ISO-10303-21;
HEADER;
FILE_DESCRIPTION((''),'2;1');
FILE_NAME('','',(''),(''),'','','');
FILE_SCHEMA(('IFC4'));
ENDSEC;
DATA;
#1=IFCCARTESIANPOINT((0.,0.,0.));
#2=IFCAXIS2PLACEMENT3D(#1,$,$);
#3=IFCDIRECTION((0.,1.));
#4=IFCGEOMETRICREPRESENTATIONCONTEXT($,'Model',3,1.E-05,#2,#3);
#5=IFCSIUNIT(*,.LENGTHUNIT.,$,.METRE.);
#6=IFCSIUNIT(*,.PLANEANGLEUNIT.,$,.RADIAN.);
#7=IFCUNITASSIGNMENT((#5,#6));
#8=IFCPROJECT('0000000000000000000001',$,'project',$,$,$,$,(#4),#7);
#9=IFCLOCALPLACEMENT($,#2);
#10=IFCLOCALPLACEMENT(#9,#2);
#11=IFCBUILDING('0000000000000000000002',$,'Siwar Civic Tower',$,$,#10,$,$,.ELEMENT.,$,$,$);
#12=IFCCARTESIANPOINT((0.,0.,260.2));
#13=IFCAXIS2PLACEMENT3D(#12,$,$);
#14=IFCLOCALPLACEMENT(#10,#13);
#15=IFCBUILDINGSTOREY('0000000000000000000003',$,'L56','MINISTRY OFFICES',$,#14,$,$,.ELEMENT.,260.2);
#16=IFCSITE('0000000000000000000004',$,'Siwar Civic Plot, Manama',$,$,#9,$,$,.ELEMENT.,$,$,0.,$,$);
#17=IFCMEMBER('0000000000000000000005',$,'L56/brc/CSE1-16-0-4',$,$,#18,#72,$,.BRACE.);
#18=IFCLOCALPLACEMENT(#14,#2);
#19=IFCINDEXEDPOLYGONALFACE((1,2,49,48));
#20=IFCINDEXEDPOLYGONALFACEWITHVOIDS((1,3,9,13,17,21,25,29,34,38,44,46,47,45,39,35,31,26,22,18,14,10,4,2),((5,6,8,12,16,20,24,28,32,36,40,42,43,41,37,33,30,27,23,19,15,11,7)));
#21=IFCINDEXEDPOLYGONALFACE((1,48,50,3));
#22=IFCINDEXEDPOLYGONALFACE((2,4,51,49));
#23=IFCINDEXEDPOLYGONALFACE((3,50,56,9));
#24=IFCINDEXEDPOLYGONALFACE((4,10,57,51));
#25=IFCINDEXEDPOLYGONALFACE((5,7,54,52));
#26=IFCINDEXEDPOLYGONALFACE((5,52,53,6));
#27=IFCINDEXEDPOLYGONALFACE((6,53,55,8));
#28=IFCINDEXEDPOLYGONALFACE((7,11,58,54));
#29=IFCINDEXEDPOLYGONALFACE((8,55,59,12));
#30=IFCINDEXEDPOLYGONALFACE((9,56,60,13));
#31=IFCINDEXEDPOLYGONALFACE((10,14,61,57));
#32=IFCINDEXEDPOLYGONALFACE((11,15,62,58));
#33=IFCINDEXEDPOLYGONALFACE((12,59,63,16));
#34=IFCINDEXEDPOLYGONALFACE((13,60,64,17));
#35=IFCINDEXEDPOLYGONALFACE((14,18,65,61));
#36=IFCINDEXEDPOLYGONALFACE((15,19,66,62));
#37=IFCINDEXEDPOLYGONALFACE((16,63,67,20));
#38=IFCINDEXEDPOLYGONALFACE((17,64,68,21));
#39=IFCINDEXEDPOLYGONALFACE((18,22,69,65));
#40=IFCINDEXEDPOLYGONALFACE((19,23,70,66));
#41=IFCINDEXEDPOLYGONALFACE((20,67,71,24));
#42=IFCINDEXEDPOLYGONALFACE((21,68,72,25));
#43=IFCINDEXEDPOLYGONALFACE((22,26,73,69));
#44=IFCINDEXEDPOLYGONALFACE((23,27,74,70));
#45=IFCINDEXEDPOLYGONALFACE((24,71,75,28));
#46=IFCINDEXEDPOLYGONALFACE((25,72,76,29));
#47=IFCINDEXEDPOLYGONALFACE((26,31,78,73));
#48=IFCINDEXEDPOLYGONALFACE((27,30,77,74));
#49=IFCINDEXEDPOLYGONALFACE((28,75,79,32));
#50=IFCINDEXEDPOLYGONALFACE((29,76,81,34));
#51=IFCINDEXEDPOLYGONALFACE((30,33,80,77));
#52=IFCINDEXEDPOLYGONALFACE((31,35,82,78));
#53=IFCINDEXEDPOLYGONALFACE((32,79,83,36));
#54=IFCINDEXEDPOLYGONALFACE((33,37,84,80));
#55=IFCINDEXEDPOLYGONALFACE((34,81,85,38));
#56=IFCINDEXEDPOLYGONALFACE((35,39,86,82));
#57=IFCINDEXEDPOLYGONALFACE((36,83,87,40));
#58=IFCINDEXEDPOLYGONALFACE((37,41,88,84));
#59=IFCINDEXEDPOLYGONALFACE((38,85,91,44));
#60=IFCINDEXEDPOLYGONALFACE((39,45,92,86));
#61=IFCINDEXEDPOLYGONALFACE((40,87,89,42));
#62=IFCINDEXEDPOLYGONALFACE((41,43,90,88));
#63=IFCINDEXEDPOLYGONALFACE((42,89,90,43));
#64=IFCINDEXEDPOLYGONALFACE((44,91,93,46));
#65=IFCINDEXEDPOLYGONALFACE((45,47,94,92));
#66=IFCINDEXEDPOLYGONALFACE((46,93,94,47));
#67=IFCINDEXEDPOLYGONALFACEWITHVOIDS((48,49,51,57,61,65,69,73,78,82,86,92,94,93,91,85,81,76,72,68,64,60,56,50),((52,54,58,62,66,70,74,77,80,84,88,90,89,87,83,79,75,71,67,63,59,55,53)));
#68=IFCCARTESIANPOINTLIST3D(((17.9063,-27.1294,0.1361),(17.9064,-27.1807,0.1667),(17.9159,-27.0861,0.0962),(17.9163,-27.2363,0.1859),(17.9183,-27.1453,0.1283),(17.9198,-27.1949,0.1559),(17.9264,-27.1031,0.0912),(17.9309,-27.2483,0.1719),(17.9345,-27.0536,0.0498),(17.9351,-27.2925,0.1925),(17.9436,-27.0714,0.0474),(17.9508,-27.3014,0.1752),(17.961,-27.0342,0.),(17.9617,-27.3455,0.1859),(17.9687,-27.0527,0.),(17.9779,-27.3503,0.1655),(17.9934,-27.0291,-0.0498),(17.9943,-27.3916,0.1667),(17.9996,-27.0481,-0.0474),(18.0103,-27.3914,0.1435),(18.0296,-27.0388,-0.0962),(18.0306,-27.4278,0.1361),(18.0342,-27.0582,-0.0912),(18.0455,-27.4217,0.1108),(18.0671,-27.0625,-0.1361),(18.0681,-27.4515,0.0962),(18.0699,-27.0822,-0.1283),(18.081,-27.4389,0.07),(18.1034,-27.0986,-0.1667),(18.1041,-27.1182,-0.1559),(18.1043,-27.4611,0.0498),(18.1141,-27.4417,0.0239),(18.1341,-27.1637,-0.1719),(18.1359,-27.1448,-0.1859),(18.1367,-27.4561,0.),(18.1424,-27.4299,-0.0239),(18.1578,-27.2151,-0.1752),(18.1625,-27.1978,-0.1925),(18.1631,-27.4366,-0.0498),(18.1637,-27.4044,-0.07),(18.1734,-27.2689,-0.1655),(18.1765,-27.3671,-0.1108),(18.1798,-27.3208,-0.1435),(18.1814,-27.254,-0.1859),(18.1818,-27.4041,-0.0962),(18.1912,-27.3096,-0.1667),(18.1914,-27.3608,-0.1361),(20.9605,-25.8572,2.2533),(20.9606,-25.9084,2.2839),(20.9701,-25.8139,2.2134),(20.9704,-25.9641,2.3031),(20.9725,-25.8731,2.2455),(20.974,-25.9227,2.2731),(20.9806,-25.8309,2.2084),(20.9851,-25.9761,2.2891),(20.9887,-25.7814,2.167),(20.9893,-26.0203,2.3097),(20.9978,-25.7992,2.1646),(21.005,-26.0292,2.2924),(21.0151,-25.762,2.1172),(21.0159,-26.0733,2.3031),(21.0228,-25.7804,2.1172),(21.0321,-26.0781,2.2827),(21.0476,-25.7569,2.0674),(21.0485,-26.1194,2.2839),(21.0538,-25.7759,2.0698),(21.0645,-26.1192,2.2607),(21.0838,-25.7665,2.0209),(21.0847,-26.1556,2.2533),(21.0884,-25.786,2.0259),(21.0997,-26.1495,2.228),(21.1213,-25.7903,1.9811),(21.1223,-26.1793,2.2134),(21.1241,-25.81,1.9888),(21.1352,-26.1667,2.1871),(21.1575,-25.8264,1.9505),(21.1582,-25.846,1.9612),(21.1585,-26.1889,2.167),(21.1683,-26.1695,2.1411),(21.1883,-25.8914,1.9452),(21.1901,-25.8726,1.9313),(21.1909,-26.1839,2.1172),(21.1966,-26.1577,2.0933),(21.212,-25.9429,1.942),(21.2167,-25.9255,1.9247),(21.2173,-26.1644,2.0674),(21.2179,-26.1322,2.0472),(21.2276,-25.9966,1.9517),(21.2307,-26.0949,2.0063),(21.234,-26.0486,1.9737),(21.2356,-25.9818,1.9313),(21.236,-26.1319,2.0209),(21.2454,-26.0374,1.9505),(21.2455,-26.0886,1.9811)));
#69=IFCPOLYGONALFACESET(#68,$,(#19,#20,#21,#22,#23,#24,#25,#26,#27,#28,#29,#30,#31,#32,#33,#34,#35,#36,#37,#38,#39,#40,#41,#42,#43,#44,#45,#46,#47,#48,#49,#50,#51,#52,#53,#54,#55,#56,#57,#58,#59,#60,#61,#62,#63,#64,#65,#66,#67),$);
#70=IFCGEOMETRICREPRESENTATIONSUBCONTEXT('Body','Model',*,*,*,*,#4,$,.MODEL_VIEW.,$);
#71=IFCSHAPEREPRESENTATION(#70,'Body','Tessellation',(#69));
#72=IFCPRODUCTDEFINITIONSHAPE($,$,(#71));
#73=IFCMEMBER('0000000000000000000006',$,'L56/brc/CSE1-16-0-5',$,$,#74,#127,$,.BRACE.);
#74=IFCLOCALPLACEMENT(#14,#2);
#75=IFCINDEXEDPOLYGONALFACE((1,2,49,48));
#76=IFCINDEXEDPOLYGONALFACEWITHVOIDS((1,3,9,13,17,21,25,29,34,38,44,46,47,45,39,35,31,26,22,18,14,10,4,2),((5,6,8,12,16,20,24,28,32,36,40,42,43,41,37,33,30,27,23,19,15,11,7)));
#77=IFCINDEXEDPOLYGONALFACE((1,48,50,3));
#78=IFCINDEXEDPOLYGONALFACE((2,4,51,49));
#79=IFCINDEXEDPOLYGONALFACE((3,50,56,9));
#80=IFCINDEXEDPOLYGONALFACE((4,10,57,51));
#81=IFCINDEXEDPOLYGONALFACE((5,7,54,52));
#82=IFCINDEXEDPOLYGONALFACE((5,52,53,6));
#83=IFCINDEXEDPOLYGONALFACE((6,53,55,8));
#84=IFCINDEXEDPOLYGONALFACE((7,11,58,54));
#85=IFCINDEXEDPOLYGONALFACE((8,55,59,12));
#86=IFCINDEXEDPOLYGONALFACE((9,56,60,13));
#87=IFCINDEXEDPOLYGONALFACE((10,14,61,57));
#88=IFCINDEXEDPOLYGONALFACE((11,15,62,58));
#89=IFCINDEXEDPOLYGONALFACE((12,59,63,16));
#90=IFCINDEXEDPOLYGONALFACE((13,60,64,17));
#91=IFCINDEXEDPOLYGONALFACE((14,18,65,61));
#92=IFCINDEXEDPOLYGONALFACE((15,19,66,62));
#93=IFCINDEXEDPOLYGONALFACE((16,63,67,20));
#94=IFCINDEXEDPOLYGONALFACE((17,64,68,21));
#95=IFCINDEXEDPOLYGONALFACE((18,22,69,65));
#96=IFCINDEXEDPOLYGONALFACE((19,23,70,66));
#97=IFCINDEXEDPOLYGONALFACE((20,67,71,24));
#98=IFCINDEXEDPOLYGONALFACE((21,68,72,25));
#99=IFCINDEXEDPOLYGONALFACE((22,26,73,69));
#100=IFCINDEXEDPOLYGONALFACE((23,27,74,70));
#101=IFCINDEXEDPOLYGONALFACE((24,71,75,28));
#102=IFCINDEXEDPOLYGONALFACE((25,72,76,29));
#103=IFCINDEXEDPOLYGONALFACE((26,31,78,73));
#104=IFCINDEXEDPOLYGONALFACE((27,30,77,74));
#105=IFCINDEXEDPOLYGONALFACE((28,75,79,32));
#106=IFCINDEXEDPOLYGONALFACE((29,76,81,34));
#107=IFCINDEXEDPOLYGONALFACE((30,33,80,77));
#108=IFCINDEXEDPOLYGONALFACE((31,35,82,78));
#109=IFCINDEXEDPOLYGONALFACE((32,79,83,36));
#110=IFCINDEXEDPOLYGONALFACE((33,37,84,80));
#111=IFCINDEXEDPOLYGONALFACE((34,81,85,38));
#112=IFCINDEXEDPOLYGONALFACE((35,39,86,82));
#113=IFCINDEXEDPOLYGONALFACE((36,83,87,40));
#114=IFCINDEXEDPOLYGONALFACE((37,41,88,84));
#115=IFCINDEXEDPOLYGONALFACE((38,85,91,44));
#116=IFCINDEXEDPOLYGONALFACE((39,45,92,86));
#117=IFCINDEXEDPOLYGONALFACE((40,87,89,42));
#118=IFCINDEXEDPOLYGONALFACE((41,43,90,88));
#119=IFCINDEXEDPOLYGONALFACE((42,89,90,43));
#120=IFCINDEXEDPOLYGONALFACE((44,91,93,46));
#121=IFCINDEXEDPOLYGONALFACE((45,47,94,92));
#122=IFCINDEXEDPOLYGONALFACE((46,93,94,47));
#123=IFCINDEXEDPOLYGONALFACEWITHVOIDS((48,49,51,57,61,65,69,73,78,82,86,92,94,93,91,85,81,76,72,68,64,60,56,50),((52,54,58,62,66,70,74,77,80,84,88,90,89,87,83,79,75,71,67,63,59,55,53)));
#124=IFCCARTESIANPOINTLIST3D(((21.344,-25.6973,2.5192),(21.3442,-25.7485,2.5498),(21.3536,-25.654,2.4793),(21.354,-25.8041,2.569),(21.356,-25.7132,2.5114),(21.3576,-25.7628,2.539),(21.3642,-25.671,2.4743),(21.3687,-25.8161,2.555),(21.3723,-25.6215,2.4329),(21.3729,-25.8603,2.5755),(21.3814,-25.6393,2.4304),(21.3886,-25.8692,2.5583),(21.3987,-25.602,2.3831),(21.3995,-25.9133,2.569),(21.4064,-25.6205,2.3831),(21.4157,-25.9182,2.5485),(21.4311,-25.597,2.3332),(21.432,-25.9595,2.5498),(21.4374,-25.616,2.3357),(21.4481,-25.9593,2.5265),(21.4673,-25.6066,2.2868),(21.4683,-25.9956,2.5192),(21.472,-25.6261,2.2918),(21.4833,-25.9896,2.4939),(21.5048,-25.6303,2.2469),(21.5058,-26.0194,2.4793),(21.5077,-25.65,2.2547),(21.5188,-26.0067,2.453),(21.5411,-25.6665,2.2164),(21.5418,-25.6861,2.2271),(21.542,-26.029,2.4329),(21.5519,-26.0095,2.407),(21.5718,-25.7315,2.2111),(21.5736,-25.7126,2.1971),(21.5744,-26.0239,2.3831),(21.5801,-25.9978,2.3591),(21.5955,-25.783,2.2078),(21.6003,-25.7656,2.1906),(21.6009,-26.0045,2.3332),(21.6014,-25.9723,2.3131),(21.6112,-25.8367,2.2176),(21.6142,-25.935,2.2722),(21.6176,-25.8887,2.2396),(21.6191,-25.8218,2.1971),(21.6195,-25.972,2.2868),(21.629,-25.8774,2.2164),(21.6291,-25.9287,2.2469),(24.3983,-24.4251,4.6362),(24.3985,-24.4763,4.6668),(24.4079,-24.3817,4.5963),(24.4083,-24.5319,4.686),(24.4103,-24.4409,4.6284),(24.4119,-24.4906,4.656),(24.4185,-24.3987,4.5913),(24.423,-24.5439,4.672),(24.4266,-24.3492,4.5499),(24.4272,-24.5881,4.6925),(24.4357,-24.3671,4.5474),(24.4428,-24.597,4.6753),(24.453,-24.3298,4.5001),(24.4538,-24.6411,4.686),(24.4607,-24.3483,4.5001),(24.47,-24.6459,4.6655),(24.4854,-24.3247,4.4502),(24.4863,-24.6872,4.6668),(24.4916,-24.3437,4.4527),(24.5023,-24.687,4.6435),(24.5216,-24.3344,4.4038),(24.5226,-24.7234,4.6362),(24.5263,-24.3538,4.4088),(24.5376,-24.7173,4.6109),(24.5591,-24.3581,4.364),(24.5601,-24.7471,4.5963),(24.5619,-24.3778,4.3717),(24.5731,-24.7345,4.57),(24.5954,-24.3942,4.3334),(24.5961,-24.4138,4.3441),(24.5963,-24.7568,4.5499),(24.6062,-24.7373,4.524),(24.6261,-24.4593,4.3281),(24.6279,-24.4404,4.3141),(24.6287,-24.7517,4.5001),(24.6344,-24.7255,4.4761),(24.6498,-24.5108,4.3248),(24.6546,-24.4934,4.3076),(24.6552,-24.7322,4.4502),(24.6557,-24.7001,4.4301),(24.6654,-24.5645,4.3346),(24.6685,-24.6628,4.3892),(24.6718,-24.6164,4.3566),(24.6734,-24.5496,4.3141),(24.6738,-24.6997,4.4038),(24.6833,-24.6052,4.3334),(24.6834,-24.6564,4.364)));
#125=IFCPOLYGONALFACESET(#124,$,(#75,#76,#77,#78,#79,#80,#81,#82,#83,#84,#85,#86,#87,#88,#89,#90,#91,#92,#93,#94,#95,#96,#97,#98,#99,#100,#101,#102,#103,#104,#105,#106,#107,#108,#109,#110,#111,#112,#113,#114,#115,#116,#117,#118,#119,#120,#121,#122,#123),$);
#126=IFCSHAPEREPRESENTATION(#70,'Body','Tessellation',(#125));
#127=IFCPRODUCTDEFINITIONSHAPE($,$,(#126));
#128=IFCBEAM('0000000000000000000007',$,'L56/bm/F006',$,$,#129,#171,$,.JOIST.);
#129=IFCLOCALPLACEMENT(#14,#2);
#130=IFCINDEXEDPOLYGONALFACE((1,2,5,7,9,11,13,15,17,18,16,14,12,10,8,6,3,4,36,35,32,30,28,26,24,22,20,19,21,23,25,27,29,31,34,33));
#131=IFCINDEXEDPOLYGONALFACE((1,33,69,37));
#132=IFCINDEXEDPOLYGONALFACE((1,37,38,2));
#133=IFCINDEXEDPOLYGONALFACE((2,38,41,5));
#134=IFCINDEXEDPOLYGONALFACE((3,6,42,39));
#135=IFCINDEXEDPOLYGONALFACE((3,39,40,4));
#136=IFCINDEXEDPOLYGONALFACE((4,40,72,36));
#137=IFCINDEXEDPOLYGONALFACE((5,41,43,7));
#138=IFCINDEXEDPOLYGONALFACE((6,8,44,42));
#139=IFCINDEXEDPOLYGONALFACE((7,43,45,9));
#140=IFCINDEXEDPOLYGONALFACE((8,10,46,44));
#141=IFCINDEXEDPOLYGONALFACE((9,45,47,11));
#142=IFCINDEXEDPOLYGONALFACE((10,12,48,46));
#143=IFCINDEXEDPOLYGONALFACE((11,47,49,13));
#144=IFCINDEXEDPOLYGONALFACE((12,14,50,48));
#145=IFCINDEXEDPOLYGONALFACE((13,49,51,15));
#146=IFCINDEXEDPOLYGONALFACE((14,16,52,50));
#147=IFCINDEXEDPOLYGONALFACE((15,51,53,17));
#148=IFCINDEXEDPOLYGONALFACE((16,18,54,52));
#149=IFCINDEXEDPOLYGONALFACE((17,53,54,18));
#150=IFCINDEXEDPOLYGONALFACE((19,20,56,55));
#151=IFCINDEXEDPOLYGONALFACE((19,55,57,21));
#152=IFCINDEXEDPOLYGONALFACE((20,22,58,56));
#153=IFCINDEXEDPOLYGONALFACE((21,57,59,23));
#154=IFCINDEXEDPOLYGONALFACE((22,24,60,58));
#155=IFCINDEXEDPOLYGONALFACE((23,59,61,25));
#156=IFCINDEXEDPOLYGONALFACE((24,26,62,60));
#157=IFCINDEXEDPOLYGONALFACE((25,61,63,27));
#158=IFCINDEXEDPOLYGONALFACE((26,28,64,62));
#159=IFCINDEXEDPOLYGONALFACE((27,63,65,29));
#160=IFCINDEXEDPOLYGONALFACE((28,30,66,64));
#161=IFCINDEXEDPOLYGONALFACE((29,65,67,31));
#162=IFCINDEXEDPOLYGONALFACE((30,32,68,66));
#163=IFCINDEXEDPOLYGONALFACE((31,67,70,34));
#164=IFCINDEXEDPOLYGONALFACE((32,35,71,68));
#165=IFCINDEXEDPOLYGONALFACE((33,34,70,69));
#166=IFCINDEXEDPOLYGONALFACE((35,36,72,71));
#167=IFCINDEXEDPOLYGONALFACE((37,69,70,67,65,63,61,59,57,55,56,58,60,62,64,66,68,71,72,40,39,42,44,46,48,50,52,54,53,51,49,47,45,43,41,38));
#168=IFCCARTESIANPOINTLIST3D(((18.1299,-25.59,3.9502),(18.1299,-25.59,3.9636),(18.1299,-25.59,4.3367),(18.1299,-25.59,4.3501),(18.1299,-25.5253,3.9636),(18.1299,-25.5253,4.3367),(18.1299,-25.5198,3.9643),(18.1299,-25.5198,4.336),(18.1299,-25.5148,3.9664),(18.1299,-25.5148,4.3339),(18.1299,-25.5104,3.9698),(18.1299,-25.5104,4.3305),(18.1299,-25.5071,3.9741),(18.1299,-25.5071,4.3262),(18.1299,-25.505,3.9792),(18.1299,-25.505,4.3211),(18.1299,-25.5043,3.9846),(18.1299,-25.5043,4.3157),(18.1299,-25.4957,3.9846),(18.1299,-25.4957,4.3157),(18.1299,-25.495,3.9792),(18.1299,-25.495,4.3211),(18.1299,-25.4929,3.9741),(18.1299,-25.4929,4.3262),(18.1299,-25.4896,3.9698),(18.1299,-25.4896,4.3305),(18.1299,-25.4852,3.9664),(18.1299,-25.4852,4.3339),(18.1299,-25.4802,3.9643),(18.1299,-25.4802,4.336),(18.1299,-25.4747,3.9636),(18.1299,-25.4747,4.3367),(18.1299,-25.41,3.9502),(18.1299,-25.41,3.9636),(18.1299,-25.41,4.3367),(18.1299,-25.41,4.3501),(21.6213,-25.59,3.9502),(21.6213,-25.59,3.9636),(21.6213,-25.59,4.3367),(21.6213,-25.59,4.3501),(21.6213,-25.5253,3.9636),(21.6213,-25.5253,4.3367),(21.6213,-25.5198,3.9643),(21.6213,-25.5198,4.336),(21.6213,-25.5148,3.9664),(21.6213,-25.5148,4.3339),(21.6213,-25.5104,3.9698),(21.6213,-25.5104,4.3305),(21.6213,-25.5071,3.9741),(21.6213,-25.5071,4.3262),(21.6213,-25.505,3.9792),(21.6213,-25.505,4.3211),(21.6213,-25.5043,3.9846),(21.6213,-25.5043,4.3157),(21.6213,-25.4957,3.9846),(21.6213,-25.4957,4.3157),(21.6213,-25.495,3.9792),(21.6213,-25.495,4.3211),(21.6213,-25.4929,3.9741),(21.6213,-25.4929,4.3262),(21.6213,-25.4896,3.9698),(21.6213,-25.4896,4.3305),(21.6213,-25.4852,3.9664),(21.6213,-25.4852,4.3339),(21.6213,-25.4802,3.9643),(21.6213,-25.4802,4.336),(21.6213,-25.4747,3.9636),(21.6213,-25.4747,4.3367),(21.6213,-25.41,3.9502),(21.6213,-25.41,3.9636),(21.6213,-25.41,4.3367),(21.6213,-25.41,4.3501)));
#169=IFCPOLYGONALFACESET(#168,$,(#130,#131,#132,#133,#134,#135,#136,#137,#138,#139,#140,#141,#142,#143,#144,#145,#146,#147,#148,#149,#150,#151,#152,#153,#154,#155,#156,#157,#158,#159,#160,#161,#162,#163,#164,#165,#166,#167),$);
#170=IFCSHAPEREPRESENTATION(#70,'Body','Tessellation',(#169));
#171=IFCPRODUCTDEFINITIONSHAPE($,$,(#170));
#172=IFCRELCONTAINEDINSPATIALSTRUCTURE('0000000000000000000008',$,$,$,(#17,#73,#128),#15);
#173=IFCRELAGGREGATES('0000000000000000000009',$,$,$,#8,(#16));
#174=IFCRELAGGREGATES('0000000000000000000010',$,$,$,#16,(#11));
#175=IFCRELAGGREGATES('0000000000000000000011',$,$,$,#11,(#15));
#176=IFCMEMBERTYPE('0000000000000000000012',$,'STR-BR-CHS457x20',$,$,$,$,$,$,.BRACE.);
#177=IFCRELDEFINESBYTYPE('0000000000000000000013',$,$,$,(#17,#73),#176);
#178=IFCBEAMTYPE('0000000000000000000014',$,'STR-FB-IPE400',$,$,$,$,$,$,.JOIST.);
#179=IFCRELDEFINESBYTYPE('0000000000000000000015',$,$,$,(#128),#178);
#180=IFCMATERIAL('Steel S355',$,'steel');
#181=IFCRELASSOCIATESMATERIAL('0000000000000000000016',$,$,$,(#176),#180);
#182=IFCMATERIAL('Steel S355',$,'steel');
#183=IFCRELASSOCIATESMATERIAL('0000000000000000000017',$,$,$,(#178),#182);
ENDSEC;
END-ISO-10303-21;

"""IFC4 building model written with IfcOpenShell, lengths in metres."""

from ifc_helpers import new_model, si_unit, direction, frame, origin, origin_2d, place, context, subcontext, project, spatial, hollow_circle, i_section, extrude, material, material_profile, profile_set, type_object, element, save


model = new_model("IFC4")

# Units and contexts
model_context = context("Model", 3, precision=1e-05, world=origin(), true_north=direction((0.0, 1.0)))
body_context = subcontext(model_context, "Body", "Model", "MODEL_VIEW")
ifc_project = project(units=[si_unit("LENGTHUNIT", "METRE"), si_unit("PLANEANGLEUNIT", "RADIAN")], contexts=[model_context])

# Site, building, storey
site_placement = place(None, origin())
site = spatial("IfcSite", under=ifc_project, at=site_placement, Name="Siwar Civic Plot, Manama", CompositionType="ELEMENT", RefElevation=0.0)
building_placement = place(site_placement, origin())
building = spatial("IfcBuilding", under=site, at=building_placement, Name="Siwar Civic Tower", CompositionType="ELEMENT")
storey_placement = place(building_placement, frame((0.0, 0.0, 260.2)))
storey = spatial("IfcBuildingStorey", under=building, at=storey_placement, Name="L56", Description="MINISTRY OFFICES", CompositionType="ELEMENT", Elevation=260.2)

# Members
ifc_material_1 = material(Name="Steel S355", Category="steel")
ifc_material_profile_1 = material_profile(ifc_material_1, hollow_circle(Radius=0.2285, WallThickness=0.02, at=origin_2d()), Name="CHS457x20")
ifc_profile_set_1 = profile_set([ifc_material_profile_1], Name="Steel S355")
member_type_1 = type_object("IfcMemberType", Name="STR-BR-CHS457x20", PredefinedType="BRACE", material=ifc_profile_set_1)
for number, where, z_axis, x_axis, name in (
    (1, (18.0488, -27.2451, 0.0), (0.777546, 0.323884, 0.538999), (-0.384521, 0.923116, 0.0), "L56/brc/CSE1-16-0-4"),
    (2, (21.4866, -25.813, 2.3831), (0.777572, 0.323895, 0.538955), (-0.384521, 0.923116, 0.0), "L56/brc/CSE1-16-0-5"),
):
    element("IfcMember", number, at=place(storey_placement, frame(where, z_axis=z_axis, x_axis=x_axis)), inside=storey, type_object=member_type_1, Name=name, PredefinedType="BRACE", context=body_context, shape_type="SweptSolid", body=[
        extrude(hollow_circle(Radius=0.2285, WallThickness=0.02, at=origin_2d()), origin(), (0.0, 0.0, 1.0), 3.928),
    ])

# Beam
ifc_material_2 = material(Name="Steel S355", Category="steel")
ifc_material_profile_2 = material_profile(ifc_material_2, i_section(OverallWidth=0.1799, OverallDepth=0.3999, WebThickness=0.0085, FlangeThickness=0.0134, FilletRadius=0.021, at=origin_2d()), Name="IPE400")
ifc_profile_set_2 = profile_set([ifc_material_profile_2], Name="Steel S355")
beam_type_1 = type_object("IfcBeamType", Name="STR-FB-IPE400", PredefinedType="JOIST", material=ifc_profile_set_2)
beam_1_placement = place(storey_placement, frame((18.1299, -25.5, 4.1501), z_axis=(1.0, 0.0, 0.0), x_axis=(0.0, 1.0, 0.0)))
element("IfcBeam", 3, at=beam_1_placement, inside=storey, type_object=beam_type_1, Name="L56/bm/F006", PredefinedType="JOIST", context=body_context, shape_type="SweptSolid", body=[
    extrude(i_section(OverallWidth=0.1799, OverallDepth=0.3999, WebThickness=0.0085, FlangeThickness=0.0134, FilletRadius=0.021, at=origin_2d()), origin(), (0.0, 0.0, 1.0), 3.4915),
])

save(model, "model.ifc")
